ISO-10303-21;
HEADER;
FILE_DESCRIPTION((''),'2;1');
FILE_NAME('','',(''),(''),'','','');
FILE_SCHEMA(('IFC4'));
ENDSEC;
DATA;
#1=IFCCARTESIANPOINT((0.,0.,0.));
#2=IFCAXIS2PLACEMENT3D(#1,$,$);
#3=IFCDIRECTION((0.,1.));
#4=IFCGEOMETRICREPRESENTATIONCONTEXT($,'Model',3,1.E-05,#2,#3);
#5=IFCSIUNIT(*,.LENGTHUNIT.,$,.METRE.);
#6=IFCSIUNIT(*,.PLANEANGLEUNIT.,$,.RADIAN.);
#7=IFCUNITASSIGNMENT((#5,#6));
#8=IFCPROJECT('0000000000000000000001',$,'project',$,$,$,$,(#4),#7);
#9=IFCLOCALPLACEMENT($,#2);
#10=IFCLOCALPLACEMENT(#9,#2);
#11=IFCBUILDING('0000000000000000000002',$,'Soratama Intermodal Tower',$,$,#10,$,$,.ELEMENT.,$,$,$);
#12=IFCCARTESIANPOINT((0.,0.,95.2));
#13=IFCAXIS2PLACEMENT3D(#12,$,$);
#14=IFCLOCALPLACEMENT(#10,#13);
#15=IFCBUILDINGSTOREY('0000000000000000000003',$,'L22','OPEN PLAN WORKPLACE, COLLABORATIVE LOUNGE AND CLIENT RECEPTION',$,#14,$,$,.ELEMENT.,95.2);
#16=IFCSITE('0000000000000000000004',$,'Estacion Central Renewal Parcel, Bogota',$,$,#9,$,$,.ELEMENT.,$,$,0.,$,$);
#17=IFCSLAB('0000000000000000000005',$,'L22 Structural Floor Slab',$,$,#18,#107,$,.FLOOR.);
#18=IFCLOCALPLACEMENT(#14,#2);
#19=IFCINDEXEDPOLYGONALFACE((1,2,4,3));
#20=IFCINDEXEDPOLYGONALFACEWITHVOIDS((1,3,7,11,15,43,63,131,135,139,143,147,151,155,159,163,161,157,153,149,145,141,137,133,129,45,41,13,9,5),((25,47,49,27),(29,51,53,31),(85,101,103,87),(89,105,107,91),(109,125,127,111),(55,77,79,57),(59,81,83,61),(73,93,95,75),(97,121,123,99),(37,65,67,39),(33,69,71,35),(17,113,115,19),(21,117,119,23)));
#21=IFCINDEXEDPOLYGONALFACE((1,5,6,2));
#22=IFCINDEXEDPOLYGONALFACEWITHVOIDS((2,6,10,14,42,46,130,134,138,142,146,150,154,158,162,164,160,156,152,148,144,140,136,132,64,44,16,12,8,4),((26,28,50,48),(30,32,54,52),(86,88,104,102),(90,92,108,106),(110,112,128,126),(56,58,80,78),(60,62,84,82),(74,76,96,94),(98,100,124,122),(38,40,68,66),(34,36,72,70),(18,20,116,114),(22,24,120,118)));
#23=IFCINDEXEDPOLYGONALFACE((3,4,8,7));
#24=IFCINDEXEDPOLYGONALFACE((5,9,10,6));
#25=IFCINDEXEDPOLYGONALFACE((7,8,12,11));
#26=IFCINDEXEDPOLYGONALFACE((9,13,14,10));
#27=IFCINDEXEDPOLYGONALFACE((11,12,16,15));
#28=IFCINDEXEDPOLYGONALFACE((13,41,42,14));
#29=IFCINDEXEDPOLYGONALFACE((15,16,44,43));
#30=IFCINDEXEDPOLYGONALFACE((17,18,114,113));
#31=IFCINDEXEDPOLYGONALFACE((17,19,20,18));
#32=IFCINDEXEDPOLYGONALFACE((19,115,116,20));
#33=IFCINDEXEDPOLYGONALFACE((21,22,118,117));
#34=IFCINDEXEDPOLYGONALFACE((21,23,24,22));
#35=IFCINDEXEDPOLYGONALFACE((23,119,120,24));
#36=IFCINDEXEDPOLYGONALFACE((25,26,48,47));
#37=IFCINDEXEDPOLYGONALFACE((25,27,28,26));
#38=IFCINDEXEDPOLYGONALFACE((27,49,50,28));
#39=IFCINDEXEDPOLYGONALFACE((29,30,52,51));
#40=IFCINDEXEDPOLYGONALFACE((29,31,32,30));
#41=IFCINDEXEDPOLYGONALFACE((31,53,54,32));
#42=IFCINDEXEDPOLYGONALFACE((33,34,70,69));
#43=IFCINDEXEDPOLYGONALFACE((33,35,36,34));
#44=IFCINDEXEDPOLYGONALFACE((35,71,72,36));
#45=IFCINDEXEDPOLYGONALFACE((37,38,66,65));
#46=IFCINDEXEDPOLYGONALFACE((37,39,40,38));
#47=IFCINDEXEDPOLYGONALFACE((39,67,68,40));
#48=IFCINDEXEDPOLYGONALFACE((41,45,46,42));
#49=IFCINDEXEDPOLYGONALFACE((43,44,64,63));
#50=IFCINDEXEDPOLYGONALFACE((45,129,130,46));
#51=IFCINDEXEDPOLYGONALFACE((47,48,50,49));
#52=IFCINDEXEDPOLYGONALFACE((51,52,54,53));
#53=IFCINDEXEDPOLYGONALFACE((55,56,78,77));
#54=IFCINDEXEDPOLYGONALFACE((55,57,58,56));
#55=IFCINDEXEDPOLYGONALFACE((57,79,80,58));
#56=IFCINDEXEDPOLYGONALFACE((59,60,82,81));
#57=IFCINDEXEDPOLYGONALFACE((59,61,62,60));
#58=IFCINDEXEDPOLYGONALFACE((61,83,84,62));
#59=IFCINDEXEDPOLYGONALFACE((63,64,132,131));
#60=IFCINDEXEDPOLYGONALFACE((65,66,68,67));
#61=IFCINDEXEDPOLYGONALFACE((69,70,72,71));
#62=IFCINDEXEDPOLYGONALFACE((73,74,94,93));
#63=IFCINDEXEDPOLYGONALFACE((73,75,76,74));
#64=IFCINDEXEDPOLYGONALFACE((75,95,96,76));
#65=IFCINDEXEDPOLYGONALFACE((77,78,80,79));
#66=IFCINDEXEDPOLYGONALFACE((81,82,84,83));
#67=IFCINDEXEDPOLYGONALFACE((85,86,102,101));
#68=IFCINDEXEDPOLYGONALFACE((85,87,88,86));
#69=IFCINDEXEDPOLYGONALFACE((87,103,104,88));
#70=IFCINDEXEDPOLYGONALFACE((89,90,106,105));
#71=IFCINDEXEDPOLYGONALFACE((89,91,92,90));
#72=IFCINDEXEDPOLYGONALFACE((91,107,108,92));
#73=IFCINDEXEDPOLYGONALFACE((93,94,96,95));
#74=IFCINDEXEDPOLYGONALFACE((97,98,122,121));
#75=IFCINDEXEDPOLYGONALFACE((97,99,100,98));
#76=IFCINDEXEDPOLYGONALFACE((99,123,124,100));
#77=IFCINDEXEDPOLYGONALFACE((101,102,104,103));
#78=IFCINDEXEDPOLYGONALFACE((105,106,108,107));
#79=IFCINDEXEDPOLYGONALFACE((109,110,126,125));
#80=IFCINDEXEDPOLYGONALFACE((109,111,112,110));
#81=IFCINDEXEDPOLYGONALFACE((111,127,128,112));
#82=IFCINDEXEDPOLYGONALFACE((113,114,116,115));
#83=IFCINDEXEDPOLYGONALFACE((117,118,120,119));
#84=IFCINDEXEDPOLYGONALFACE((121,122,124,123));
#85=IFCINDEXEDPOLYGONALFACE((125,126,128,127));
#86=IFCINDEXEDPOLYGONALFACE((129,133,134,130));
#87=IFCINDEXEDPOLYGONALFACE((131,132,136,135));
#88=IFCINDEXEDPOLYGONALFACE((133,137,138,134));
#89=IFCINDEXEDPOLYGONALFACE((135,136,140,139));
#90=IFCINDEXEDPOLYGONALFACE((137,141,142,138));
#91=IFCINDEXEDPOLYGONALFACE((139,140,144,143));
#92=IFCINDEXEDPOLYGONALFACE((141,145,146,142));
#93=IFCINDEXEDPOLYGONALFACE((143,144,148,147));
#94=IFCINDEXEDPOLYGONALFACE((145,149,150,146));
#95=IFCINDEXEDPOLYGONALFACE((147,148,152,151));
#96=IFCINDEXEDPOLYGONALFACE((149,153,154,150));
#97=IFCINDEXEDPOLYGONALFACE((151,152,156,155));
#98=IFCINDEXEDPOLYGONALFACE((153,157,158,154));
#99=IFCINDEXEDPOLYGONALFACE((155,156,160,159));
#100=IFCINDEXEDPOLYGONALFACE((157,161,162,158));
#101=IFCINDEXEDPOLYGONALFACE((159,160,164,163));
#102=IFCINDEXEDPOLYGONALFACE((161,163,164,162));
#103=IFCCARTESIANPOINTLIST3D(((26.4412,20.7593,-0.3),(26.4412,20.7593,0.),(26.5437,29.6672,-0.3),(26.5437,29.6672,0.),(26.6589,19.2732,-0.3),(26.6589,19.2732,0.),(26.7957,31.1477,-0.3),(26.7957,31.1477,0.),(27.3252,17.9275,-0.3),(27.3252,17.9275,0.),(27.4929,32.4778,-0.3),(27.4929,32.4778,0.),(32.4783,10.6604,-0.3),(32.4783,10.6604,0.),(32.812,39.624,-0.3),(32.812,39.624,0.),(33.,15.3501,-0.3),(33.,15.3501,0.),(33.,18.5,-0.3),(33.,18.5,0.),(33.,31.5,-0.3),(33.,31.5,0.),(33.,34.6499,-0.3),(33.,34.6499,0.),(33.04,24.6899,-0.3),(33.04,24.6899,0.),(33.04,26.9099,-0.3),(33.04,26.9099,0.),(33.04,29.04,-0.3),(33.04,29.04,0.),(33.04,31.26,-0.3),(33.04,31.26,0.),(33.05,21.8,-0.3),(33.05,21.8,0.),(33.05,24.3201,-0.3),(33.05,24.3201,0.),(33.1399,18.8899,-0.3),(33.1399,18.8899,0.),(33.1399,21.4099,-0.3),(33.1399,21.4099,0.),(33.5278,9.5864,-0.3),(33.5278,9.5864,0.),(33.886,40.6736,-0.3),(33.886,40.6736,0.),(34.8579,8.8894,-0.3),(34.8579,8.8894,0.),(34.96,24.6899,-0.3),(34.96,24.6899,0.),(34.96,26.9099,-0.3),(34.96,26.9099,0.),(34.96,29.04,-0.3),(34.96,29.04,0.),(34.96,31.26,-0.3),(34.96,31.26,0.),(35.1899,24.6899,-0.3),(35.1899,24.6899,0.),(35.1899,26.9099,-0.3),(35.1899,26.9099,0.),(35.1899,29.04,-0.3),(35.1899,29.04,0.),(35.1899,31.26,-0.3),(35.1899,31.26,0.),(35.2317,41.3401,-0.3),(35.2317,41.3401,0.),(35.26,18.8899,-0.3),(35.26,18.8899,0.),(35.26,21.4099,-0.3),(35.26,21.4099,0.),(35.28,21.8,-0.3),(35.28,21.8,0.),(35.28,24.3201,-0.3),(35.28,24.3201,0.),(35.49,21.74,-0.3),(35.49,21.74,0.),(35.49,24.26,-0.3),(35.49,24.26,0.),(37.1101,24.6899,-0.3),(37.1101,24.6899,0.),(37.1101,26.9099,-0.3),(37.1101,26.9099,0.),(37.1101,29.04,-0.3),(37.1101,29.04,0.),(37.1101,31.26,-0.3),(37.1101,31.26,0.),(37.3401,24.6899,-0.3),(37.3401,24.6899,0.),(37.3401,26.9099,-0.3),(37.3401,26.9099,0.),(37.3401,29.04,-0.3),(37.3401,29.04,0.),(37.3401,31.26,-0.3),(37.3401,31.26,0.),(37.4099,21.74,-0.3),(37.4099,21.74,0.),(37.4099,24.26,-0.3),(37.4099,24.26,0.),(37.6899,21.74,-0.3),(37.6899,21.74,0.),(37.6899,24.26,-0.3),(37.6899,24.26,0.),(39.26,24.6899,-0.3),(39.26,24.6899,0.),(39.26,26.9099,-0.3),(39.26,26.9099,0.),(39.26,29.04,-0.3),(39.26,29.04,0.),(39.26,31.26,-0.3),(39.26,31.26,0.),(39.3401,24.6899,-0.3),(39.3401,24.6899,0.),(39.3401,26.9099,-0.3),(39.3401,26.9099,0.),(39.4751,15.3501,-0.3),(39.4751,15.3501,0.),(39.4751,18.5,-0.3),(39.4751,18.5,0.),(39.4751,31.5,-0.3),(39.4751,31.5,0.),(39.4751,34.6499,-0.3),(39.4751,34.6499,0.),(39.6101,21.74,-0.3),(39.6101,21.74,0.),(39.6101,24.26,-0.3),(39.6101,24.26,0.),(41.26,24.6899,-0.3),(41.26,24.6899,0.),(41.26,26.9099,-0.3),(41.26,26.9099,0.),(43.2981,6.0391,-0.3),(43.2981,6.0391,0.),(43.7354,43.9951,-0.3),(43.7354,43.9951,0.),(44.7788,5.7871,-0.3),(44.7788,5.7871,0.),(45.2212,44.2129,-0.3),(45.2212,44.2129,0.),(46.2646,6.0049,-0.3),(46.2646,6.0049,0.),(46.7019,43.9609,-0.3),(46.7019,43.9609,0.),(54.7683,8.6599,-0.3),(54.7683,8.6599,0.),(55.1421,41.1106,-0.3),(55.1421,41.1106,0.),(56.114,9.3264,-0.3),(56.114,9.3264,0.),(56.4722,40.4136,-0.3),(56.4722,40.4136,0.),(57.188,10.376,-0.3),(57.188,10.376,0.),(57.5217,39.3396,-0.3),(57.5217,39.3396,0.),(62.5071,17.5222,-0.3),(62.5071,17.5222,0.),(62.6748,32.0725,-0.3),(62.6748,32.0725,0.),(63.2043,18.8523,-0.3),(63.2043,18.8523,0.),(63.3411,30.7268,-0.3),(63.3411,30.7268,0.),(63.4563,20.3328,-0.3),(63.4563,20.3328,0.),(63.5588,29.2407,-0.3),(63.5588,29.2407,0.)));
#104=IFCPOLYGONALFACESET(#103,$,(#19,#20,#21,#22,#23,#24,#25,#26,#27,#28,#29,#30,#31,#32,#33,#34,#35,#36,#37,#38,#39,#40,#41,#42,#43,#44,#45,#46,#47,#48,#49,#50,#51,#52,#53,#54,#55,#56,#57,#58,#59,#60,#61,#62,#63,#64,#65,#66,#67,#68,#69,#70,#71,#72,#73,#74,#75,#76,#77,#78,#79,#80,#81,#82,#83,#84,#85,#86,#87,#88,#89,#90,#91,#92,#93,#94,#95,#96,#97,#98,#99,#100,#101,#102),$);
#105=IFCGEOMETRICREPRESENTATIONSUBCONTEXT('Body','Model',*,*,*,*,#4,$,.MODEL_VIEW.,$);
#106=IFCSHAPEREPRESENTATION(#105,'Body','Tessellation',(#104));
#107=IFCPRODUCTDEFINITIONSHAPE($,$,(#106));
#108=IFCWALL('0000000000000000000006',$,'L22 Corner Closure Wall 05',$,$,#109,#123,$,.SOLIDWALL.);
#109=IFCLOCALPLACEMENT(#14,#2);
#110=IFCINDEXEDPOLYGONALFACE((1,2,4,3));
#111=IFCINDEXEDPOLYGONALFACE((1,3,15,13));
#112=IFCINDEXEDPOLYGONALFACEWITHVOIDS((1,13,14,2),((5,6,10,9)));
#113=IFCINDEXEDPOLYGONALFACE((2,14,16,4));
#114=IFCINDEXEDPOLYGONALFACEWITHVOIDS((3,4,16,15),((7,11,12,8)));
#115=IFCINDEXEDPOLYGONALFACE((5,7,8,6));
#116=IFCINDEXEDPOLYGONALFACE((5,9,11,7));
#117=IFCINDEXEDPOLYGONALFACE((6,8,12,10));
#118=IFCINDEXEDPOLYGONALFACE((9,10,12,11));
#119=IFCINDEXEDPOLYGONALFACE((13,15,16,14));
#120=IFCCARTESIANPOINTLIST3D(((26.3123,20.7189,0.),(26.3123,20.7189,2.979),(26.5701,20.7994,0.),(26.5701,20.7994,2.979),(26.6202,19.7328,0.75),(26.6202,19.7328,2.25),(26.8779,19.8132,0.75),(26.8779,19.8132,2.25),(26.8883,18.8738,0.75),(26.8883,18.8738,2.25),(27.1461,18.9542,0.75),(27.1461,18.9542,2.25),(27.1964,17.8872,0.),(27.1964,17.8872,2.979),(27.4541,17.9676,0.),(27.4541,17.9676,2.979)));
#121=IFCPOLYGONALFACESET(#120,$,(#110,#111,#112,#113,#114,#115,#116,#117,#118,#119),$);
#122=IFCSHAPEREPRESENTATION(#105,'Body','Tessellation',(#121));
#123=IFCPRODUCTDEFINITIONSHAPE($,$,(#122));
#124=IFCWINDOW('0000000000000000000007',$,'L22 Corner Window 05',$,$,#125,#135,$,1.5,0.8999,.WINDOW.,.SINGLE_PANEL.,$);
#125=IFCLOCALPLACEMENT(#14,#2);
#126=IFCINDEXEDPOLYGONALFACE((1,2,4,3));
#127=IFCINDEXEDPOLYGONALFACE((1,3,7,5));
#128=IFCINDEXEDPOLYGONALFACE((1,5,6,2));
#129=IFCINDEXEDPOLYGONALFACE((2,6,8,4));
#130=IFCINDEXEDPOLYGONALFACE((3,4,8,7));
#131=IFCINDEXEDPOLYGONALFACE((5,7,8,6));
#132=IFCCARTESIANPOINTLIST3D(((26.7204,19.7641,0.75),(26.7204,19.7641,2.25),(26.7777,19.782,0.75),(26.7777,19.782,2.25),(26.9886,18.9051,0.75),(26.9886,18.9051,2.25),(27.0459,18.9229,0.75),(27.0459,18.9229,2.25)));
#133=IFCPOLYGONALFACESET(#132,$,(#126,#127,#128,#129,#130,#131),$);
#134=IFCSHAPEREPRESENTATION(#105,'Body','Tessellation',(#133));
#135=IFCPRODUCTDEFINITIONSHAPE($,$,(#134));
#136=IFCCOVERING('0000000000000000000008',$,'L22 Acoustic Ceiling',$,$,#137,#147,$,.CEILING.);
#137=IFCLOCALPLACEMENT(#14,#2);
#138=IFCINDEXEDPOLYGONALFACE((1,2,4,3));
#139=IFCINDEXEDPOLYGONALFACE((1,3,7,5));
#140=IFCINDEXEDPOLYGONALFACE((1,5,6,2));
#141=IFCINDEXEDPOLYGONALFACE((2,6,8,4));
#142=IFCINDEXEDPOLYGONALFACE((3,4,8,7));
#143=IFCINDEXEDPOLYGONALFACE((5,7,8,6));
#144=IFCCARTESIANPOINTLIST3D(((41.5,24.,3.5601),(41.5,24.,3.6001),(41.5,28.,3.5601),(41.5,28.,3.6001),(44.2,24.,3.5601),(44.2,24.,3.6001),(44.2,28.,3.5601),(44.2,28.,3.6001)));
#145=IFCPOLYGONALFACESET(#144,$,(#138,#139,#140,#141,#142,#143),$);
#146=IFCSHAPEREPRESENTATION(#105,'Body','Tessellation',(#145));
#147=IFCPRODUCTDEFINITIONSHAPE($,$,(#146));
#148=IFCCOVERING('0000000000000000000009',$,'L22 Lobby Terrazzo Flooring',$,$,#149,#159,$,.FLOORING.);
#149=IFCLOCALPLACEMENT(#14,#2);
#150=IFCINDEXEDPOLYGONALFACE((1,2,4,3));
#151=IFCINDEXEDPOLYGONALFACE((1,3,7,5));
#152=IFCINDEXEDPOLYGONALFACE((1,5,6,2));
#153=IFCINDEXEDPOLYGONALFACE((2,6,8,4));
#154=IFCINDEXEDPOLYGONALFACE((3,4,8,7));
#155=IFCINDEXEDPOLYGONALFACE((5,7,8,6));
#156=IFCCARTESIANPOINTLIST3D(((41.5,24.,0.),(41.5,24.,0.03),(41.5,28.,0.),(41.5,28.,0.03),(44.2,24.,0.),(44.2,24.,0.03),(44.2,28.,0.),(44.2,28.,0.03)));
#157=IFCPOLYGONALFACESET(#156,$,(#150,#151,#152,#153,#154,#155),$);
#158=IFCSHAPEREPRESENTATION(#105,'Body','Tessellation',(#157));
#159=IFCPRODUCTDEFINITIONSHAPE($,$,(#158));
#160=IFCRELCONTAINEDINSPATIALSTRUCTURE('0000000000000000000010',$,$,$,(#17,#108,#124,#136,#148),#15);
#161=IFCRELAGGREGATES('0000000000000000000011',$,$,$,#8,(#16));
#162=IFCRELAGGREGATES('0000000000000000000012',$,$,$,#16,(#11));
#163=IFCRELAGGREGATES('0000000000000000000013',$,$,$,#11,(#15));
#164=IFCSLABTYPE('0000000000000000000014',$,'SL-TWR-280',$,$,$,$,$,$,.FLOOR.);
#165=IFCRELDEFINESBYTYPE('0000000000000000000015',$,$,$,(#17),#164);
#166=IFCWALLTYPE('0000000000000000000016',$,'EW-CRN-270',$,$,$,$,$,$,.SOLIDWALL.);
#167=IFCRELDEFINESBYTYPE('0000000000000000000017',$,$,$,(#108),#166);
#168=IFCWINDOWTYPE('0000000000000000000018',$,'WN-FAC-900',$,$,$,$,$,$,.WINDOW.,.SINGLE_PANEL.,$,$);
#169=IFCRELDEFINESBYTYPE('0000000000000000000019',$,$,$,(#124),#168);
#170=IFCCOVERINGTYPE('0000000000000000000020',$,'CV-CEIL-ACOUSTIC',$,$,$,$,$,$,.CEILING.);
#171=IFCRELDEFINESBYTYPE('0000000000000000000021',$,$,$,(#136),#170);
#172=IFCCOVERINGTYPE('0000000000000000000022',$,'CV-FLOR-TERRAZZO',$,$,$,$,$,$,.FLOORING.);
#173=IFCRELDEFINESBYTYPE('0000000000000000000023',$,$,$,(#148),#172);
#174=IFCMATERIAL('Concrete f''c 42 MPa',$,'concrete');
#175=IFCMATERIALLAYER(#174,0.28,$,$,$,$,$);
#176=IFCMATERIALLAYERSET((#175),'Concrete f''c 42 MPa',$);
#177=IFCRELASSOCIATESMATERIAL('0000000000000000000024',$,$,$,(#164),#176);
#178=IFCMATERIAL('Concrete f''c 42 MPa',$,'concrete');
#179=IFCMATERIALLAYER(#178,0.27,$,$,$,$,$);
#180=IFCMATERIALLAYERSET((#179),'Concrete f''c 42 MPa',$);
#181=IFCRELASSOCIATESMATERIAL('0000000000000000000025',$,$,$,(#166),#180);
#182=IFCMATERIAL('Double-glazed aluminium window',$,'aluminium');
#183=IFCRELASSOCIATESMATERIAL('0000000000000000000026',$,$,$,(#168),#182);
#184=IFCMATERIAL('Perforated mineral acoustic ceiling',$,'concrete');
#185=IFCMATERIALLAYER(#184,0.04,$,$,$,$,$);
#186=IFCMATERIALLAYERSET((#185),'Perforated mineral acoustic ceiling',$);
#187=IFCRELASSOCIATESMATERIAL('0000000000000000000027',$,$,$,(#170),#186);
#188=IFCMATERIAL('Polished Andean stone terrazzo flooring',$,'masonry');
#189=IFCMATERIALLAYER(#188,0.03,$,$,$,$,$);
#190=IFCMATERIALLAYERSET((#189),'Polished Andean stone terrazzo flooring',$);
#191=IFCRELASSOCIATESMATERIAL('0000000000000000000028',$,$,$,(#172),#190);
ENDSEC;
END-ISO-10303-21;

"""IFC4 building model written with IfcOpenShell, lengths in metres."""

from ifc_helpers import new_model, si_unit, direction, frame, frame_2d, origin, place, context, subcontext, project, spatial, polyline, rectangle, outline, extrude, material, layer, layer_set, type_object, element, fill, save


model = new_model("IFC4")

# Units and contexts
model_context = context("Model", 3, precision=1e-05, world=origin(), true_north=direction((0.0, 1.0)))
body_context = subcontext(model_context, "Body", "Model", "MODEL_VIEW")
ifc_project = project(units=[si_unit("LENGTHUNIT", "METRE"), si_unit("PLANEANGLEUNIT", "RADIAN")], contexts=[model_context])

# Site, building, storey
site_placement = place(None, origin())
site = spatial("IfcSite", under=ifc_project, at=site_placement, Name="Estacion Central Renewal Parcel, Bogota", CompositionType="ELEMENT", RefElevation=0.0)
building_placement = place(site_placement, origin())
building = spatial("IfcBuilding", under=site, at=building_placement, Name="Soratama Intermodal Tower", CompositionType="ELEMENT")
storey_placement = place(building_placement, frame((0.0, 0.0, 95.2)))
storey = spatial("IfcBuildingStorey", under=building, at=storey_placement, Name="L22", Description="OPEN PLAN WORKPLACE, COLLABORATIVE LOUNGE AND CLIENT RECEPTION", CompositionType="ELEMENT", Elevation=95.2)

# Slab
ifc_material_1 = material(Name="Concrete f'c 42 MPa", Category="concrete")
ifc_layer_1 = layer(ifc_material_1, 0.28)
ifc_layer_set_1 = layer_set([ifc_layer_1], Name="Concrete f'c 42 MPa")
slab_type_1 = type_object("IfcSlabType", Name="SL-TWR-280", PredefinedType="FLOOR", material=ifc_layer_set_1)
slab_1_placement = place(storey_placement, frame((0.0, 0.0, -0.3)))
element("IfcSlab", 1, at=slab_1_placement, inside=storey, type_object=slab_type_1, Name="L22 Structural Floor Slab", PredefinedType="FLOOR", context=body_context, shape_type="SweptSolid", body=[
    extrude(outline(polyline([(63.5588, 29.2407), (63.3411, 30.7268), (62.6748, 32.0725), (57.5217, 39.3396), (56.4722, 40.4136), (55.1421, 41.1106), (46.7019, 43.9609), (45.2212, 44.2129), (43.7354, 43.9951), (35.2317, 41.3401), (33.886, 40.6736), (32.812, 39.624), (27.4929, 32.4778), (26.7957, 31.1477), (26.5437, 29.6672), (26.4412, 20.7593), (26.6589, 19.2732), (27.3252, 17.9275), (32.4783, 10.6604), (33.5278, 9.5864), (34.8579, 8.8894), (43.2981, 6.0391), (44.7788, 5.7871), (46.2646, 6.0049), (54.7683, 8.6599), (56.114, 9.3264), (57.188, 10.376), (62.5071, 17.5222), (63.2043, 18.8523), (63.4563, 20.3328), (63.5588, 29.2407)]), holes=[polyline([(33.0, 18.5), (33.0, 15.3501), (39.4751, 15.3501), (39.4751, 18.5), (33.0, 18.5)]), polyline([(35.26, 18.8899), (35.26, 21.4099), (33.1399, 21.4099), (33.1399, 18.8899), (35.26, 18.8899)]), polyline([(33.05, 21.8), (35.28, 21.8), (35.28, 24.3201), (33.05, 24.3201), (33.05, 21.8)]), polyline([(34.96, 26.9099), (33.04, 26.9099), (33.04, 24.6899), (34.96, 24.6899), (34.96, 26.9099)]), polyline([(37.1101, 24.6899), (37.1101, 26.9099), (35.1899, 26.9099), (35.1899, 24.6899), (37.1101, 24.6899)]), polyline([(34.96, 29.04), (34.96, 31.26), (33.04, 31.26), (33.04, 29.04), (34.96, 29.04)]), polyline([(37.1101, 31.26), (35.1899, 31.26), (35.1899, 29.04), (37.1101, 29.04), (37.1101, 31.26)]), polyline([(37.4099, 21.74), (37.4099, 24.26), (35.49, 24.26), (35.49, 21.74), (37.4099, 21.74)]), polyline([(39.6101, 21.74), (39.6101, 24.26), (37.6899, 24.26), (37.6899, 21.74), (39.6101, 21.74)]), polyline([(39.26, 24.6899), (39.26, 26.9099), (37.3401, 26.9099), (37.3401, 24.6899), (39.26, 24.6899)]), polyline([(41.26, 24.6899), (41.26, 26.9099), (39.3401, 26.9099), (39.3401, 24.6899), (41.26, 24.6899)]), polyline([(39.26, 29.04), (39.26, 31.26), (37.3401, 31.26), (37.3401, 29.04), (39.26, 29.04)]), polyline([(39.4751, 34.6499), (33.0, 34.6499), (33.0, 31.5), (39.4751, 31.5), (39.4751, 34.6499)])]), origin(), (0.0, 0.0, 1.0), 0.3),
])

# Wall, opening, window
ifc_material_2 = material(Name="Concrete f'c 42 MPa", Category="concrete")
ifc_layer_2 = layer(ifc_material_2, 0.27)
ifc_layer_set_2 = layer_set([ifc_layer_2], Name="Concrete f'c 42 MPa")
wall_type = type_object("IfcWallType", Name="EW-CRN-270", PredefinedType="SOLIDWALL", material=ifc_layer_set_2)
wall_placement = place(storey_placement, frame((26.4412, 20.7593, 0.0), z_axis=(0.0, 0.0, 1.0), x_axis=(0.297999, -0.954566, 0.0)))
wall = element("IfcWall", 2, at=wall_placement, inside=storey, type_object=wall_type, Name="L22 Corner Closure Wall 05", PredefinedType="SOLIDWALL", context=body_context, shape_type="SweptSolid", body=[
    extrude(rectangle(XDim=2.9666, YDim=0.27, at=frame_2d((1.4834, 0.0))), origin(), (0.0, 0.0, 1.0), 2.979),
])
opening_placement = place(wall_placement, frame((1.0332, 0.0, 0.75)))
opening = element("IfcOpeningElement", 3, at=opening_placement, cuts=wall, PredefinedType="OPENING", context=body_context, shape_type="SweptSolid", body=[
    extrude(rectangle(XDim=0.8999, YDim=1.5, at=frame_2d((0.45, 0.75))), frame((0.0, 0.145, 0.0), z_axis=(0.0, -1.0, 0.0), x_axis=(1.0, 0.0, 0.0)), (0.0, 0.0, 1.0), 0.29),
])
ifc_material_3 = material(Name="Double-glazed aluminium window", Category="aluminium")
window_type = type_object("IfcWindowType", Name="WN-FAC-900", PartitioningType="SINGLE_PANEL", PredefinedType="WINDOW", material=ifc_material_3)
window_placement = place(opening_placement, origin())
window = element("IfcWindow", 4, at=window_placement, inside=storey, type_object=window_type, Name="L22 Corner Window 05", OverallHeight=1.5, OverallWidth=0.8999, PartitioningType="SINGLE_PANEL", PredefinedType="WINDOW", context=body_context, shape_type="SweptSolid", body=[
    extrude(rectangle(XDim=0.8999, YDim=1.5, at=frame_2d((0.45, 0.75))), frame((0.0, 0.03, 0.0), z_axis=(0.0, -1.0, 0.0), x_axis=(1.0, 0.0, 0.0)), (0.0, 0.0, 1.0), 0.0601),
])
fill(opening, window)

# Coverings
ifc_material_4 = material(Name="Perforated mineral acoustic ceiling", Category="concrete")
ifc_layer_3 = layer(ifc_material_4, 0.04)
ifc_layer_set_3 = layer_set([ifc_layer_3], Name="Perforated mineral acoustic ceiling")
covering_type_1 = type_object("IfcCoveringType", Name="CV-CEIL-ACOUSTIC", PredefinedType="CEILING", material=ifc_layer_set_3)
covering_1_placement = place(storey_placement, frame((0.0, 0.0, 3.5601)))
element("IfcCovering", 5, at=covering_1_placement, inside=storey, type_object=covering_type_1, Name="L22 Acoustic Ceiling", PredefinedType="CEILING", context=body_context, shape_type="SweptSolid", body=[
    extrude(outline(polyline([(41.5, 24.0), (44.2, 24.0), (44.2, 28.0), (41.5, 28.0), (41.5, 24.0)])), origin(), (0.0, 0.0, 1.0), 0.04),
])
ifc_material_5 = material(Name="Polished Andean stone terrazzo flooring", Category="masonry")
ifc_layer_4 = layer(ifc_material_5, 0.03)
ifc_layer_set_4 = layer_set([ifc_layer_4], Name="Polished Andean stone terrazzo flooring")
covering_type_2 = type_object("IfcCoveringType", Name="CV-FLOR-TERRAZZO", PredefinedType="FLOORING", material=ifc_layer_set_4)
covering_2_placement = place(storey_placement, origin())
element("IfcCovering", 6, at=covering_2_placement, inside=storey, type_object=covering_type_2, Name="L22 Lobby Terrazzo Flooring", PredefinedType="FLOORING", context=body_context, shape_type="SweptSolid", body=[
    extrude(outline(polyline([(41.5, 24.0), (44.2, 24.0), (44.2, 28.0), (41.5, 28.0), (41.5, 24.0)])), origin(), (0.0, 0.0, 1.0), 0.03),
])

save(model, "model.ifc")
